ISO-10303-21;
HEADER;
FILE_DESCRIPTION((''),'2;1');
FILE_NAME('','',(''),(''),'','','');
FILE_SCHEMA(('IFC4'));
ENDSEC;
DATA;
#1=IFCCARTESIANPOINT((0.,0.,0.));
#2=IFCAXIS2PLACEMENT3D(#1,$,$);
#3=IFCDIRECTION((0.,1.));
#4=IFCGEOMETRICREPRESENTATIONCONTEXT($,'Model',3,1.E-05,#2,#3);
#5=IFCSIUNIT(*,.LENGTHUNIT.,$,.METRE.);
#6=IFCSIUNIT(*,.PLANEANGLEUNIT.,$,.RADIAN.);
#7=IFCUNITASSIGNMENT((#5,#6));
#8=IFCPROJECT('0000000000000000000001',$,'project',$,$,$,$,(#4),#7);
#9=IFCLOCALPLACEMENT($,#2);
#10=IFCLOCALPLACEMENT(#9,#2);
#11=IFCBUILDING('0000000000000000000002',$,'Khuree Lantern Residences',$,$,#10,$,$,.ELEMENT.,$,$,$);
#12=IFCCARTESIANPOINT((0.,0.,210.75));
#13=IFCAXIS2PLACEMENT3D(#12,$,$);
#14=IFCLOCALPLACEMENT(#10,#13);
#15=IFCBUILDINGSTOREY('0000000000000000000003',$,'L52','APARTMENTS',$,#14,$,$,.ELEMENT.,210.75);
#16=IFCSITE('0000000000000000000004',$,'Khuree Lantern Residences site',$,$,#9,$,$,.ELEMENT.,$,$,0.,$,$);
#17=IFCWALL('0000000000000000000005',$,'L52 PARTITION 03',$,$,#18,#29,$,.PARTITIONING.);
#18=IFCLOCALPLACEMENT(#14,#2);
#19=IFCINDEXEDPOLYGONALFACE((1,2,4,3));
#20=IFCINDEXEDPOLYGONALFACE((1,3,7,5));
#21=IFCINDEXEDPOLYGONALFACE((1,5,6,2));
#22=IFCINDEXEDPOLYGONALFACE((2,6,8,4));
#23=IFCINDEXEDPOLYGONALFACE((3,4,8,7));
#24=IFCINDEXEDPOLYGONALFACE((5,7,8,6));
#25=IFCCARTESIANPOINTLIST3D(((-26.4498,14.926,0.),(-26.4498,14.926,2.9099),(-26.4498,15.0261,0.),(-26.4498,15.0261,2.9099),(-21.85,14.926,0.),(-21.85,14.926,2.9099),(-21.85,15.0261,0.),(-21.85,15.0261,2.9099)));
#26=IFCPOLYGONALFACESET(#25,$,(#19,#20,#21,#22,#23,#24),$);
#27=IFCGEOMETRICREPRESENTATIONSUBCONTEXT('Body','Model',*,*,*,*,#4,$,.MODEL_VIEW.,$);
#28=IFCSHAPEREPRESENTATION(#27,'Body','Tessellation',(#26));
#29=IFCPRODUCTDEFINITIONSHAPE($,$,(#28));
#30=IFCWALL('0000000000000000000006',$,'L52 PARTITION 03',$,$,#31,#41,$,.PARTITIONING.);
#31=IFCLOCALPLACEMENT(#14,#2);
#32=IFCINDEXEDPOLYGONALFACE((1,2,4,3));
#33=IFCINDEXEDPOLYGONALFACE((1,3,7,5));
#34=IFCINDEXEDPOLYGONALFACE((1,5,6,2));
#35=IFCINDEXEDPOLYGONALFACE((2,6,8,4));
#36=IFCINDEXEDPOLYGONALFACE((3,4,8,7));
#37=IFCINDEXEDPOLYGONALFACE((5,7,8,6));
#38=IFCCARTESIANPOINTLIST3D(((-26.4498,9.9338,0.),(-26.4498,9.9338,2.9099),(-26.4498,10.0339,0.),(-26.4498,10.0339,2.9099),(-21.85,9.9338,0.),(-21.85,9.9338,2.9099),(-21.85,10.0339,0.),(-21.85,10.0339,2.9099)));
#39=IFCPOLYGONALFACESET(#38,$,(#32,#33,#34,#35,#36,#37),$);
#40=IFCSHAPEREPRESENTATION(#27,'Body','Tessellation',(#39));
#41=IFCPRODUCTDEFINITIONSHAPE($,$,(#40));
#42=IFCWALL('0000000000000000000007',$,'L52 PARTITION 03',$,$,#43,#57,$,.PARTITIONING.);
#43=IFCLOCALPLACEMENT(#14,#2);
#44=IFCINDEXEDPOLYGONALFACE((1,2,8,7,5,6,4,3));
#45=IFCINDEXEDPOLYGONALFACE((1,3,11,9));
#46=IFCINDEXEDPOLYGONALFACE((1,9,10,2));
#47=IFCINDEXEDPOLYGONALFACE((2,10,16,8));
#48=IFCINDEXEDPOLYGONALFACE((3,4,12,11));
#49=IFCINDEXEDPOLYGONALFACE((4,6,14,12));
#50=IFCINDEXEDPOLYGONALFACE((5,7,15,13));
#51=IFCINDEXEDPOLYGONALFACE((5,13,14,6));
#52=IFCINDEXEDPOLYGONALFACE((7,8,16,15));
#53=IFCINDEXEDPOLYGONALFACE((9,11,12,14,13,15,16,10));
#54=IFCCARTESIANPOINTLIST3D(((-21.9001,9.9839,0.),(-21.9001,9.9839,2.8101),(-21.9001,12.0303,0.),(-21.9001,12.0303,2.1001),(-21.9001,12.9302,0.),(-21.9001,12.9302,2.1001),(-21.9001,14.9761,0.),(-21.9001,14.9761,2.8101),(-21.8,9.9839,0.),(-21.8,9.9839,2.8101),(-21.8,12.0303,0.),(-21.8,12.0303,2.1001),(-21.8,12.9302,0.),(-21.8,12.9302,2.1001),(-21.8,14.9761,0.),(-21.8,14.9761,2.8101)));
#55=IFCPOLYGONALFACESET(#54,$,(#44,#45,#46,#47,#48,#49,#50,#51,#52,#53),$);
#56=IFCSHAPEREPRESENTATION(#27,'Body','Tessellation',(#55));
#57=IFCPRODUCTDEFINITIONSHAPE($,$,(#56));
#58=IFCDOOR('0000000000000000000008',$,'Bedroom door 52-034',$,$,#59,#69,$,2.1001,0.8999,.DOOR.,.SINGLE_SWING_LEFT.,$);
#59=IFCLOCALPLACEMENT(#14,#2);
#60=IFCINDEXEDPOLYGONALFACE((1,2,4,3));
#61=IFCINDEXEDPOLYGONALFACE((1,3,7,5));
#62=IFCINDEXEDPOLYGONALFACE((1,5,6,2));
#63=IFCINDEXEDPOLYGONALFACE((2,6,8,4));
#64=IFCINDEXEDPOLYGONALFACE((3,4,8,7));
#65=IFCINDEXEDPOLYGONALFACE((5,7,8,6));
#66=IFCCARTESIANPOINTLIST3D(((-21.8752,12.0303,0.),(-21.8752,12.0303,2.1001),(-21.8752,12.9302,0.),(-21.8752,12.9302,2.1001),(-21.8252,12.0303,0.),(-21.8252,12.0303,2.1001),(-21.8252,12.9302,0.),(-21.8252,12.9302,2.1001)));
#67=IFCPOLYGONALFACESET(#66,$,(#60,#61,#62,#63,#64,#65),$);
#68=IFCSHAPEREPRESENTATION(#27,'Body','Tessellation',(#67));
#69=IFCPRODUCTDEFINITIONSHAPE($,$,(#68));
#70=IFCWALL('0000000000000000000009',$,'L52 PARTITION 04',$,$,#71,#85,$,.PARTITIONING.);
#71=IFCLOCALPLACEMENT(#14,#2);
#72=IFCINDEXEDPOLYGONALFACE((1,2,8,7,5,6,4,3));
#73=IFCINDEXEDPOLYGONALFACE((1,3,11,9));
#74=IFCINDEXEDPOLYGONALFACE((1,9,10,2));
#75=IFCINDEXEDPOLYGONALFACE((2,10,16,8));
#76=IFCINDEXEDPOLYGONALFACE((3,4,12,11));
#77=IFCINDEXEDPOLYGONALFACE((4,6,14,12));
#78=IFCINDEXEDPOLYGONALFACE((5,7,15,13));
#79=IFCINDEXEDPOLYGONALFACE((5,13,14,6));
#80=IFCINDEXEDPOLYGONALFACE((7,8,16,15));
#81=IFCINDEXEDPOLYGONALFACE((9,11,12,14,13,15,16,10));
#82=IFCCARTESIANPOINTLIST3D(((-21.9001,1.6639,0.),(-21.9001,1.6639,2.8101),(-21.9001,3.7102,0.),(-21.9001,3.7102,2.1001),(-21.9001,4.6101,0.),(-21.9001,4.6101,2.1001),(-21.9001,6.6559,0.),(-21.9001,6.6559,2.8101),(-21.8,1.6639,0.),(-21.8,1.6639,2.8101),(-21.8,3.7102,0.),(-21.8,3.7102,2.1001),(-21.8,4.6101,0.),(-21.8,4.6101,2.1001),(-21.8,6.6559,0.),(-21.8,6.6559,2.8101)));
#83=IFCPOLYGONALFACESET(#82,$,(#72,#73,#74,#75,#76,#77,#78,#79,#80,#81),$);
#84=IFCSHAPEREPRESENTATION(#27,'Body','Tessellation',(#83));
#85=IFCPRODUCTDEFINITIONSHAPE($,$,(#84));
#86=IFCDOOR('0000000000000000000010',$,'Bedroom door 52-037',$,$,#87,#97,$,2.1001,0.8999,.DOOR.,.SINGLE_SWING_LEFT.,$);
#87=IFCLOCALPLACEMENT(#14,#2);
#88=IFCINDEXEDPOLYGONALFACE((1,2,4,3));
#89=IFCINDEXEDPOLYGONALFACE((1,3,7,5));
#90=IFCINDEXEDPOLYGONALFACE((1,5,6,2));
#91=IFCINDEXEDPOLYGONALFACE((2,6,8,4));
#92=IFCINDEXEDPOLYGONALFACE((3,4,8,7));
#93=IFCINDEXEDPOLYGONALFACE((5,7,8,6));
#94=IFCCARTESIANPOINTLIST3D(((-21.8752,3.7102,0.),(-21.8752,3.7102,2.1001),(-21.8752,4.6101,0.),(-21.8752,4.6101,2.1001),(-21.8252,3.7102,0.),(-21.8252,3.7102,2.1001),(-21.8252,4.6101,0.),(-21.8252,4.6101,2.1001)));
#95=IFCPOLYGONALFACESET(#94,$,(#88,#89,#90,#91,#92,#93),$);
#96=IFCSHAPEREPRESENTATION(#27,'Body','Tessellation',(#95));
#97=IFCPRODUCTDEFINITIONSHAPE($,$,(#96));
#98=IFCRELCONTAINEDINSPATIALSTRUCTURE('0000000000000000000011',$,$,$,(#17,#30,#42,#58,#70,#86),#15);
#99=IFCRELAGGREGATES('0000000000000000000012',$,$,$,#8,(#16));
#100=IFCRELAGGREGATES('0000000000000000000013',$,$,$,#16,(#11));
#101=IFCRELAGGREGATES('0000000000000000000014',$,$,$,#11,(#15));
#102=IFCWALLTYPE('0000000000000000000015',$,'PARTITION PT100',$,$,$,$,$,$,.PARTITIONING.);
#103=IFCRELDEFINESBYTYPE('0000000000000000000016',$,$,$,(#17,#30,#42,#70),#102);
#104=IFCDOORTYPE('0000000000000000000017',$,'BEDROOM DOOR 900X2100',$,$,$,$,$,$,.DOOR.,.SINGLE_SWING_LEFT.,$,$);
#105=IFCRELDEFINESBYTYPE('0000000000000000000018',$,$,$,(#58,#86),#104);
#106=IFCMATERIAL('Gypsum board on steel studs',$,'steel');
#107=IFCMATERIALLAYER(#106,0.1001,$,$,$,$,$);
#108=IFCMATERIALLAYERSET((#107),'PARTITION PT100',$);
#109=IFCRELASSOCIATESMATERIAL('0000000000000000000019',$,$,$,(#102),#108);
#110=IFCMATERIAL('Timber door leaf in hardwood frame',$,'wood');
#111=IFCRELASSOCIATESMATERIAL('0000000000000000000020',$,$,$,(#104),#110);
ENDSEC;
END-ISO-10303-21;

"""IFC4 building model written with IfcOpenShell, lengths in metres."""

from ifc_helpers import new_model, si_unit, direction, frame, frame_2d, origin, place, context, subcontext, project, spatial, rectangle, extrude, material, layer, layer_set, type_object, element, fill, save


model = new_model("IFC4")

# Units and contexts
model_context = context("Model", 3, precision=1e-05, world=origin(), true_north=direction((0.0, 1.0)))
body_context = subcontext(model_context, "Body", "Model", "MODEL_VIEW")
ifc_project = project(units=[si_unit("LENGTHUNIT", "METRE"), si_unit("PLANEANGLEUNIT", "RADIAN")], contexts=[model_context])

# Site, building, storey
site_placement = place(None, origin())
site = spatial("IfcSite", under=ifc_project, at=site_placement, Name="Khuree Lantern Residences site", CompositionType="ELEMENT", RefElevation=0.0)
building_placement = place(site_placement, origin())
building = spatial("IfcBuilding", under=site, at=building_placement, Name="Khuree Lantern Residences", CompositionType="ELEMENT")
storey_placement = place(building_placement, frame((0.0, 0.0, 210.75)))
storey = spatial("IfcBuildingStorey", under=building, at=storey_placement, Name="L52", Description="APARTMENTS", CompositionType="ELEMENT", Elevation=210.75)

# Shared definitions
ifc_material_1 = material(Name="Timber door leaf in hardwood frame", Category="wood")

# Shared definitions
ifc_material_2 = material(Name="Gypsum board on steel studs", Category="steel")

# Walls
ifc_layer_1 = layer(ifc_material_2, 0.1001)
ifc_layer_set_1 = layer_set([ifc_layer_1], Name="PARTITION PT100")
wall_type_1 = type_object("IfcWallType", Name="PARTITION PT100", PredefinedType="PARTITIONING", material=ifc_layer_set_1)
for number, where, z_axis, x_axis, name in (
    (1, (-21.8501, 14.9761, 0.0), (0.0, 0.0, 1.0), (-1.0, 0.0, 0.0), "L52 PARTITION 03"),
    (2, (-21.8501, 9.9839, 0.0), (0.0, 0.0, 1.0), (-1.0, 0.0, 0.0), "L52 PARTITION 03"),
):
    element("IfcWall", number, at=place(storey_placement, frame(where, z_axis=z_axis, x_axis=x_axis)), inside=storey, type_object=wall_type_1, Name=name, PredefinedType="PARTITIONING", context=body_context, shape_type="SweptSolid", body=[
        extrude(rectangle(XDim=4.5999, YDim=0.1001, at=frame_2d((2.2998, 0.0))), origin(), (0.0, 0.0, 1.0), 2.9099),
    ])

# Walls, openings, doors
wall_1_placement = place(storey_placement, frame((-21.8501, 14.9761, 0.0), z_axis=(0.0, 0.0, 1.0), x_axis=(0.0, -1.0, 0.0)))
wall_1 = element("IfcWall", 3, at=wall_1_placement, inside=storey, type_object=wall_type_1, Name="L52 PARTITION 03", PredefinedType="PARTITIONING", context=body_context, shape_type="SweptSolid", body=[
    extrude(rectangle(XDim=4.9922, YDim=0.1001, at=frame_2d((2.4961, 0.0))), origin(), (0.0, 0.0, 1.0), 2.8101),
])
opening_1_placement = place(wall_1_placement, frame((2.0459, 0.0, 0.0)))
opening_1 = element("IfcOpeningElement", 4, at=opening_1_placement, cuts=wall_1, PredefinedType="OPENING", context=body_context, shape_type="SweptSolid", body=[
    extrude(rectangle(XDim=0.8999, YDim=2.1001, at=frame_2d((0.45, 1.05))), frame((0.0, 0.0601, 0.0), z_axis=(0.0, -1.0, 0.0), x_axis=(1.0, 0.0, 0.0)), (0.0, 0.0, 1.0), 0.1201),
])
door_type_1 = type_object("IfcDoorType", Name="BEDROOM DOOR 900X2100", OperationType="SINGLE_SWING_LEFT", PredefinedType="DOOR", material=ifc_material_1)
door_1_placement = place(opening_1_placement, origin())
door_1 = element("IfcDoor", 5, at=door_1_placement, inside=storey, type_object=door_type_1, Name="Bedroom door 52-034", OperationType="SINGLE_SWING_LEFT", OverallHeight=2.1001, OverallWidth=0.8999, PredefinedType="DOOR", context=body_context, shape_type="SweptSolid", body=[
    extrude(rectangle(XDim=0.8999, YDim=2.1001, at=frame_2d((0.45, 1.05))), frame((0.0, 0.0249, 0.0), z_axis=(0.0, -1.0, 0.0), x_axis=(1.0, 0.0, 0.0)), (0.0, 0.0, 1.0), 0.05),
])
fill(opening_1, door_1)
wall_2_placement = place(storey_placement, frame((-21.8501, 6.656, 0.0), z_axis=(0.0, 0.0, 1.0), x_axis=(0.0, -1.0, 0.0)))
wall_2 = element("IfcWall", 6, at=wall_2_placement, inside=storey, type_object=wall_type_1, Name="L52 PARTITION 04", PredefinedType="PARTITIONING", context=body_context, shape_type="SweptSolid", body=[
    extrude(rectangle(XDim=4.9919, YDim=0.1001, at=frame_2d((2.4961, 0.0))), origin(), (0.0, 0.0, 1.0), 2.8101),
])
opening_2_placement = place(wall_2_placement, frame((2.0459, 0.0, 0.0)))
opening_2 = element("IfcOpeningElement", 7, at=opening_2_placement, cuts=wall_2, PredefinedType="OPENING", context=body_context, shape_type="SweptSolid", body=[
    extrude(rectangle(XDim=0.8999, YDim=2.1001, at=frame_2d((0.45, 1.05))), frame((0.0, 0.0601, 0.0), z_axis=(0.0, -1.0, 0.0), x_axis=(1.0, 0.0, 0.0)), (0.0, 0.0, 1.0), 0.1201),
])
door_2_placement = place(opening_2_placement, origin())
door_2 = element("IfcDoor", 8, at=door_2_placement, inside=storey, type_object=door_type_1, Name="Bedroom door 52-037", OperationType="SINGLE_SWING_LEFT", OverallHeight=2.1001, OverallWidth=0.8999, PredefinedType="DOOR", context=body_context, shape_type="SweptSolid", body=[
    extrude(rectangle(XDim=0.8999, YDim=2.1001, at=frame_2d((0.45, 1.05))), frame((0.0, 0.0249, 0.0), z_axis=(0.0, -1.0, 0.0), x_axis=(1.0, 0.0, 0.0)), (0.0, 0.0, 1.0), 0.05),
])
fill(opening_2, door_2)

save(model, "model.ifc")
